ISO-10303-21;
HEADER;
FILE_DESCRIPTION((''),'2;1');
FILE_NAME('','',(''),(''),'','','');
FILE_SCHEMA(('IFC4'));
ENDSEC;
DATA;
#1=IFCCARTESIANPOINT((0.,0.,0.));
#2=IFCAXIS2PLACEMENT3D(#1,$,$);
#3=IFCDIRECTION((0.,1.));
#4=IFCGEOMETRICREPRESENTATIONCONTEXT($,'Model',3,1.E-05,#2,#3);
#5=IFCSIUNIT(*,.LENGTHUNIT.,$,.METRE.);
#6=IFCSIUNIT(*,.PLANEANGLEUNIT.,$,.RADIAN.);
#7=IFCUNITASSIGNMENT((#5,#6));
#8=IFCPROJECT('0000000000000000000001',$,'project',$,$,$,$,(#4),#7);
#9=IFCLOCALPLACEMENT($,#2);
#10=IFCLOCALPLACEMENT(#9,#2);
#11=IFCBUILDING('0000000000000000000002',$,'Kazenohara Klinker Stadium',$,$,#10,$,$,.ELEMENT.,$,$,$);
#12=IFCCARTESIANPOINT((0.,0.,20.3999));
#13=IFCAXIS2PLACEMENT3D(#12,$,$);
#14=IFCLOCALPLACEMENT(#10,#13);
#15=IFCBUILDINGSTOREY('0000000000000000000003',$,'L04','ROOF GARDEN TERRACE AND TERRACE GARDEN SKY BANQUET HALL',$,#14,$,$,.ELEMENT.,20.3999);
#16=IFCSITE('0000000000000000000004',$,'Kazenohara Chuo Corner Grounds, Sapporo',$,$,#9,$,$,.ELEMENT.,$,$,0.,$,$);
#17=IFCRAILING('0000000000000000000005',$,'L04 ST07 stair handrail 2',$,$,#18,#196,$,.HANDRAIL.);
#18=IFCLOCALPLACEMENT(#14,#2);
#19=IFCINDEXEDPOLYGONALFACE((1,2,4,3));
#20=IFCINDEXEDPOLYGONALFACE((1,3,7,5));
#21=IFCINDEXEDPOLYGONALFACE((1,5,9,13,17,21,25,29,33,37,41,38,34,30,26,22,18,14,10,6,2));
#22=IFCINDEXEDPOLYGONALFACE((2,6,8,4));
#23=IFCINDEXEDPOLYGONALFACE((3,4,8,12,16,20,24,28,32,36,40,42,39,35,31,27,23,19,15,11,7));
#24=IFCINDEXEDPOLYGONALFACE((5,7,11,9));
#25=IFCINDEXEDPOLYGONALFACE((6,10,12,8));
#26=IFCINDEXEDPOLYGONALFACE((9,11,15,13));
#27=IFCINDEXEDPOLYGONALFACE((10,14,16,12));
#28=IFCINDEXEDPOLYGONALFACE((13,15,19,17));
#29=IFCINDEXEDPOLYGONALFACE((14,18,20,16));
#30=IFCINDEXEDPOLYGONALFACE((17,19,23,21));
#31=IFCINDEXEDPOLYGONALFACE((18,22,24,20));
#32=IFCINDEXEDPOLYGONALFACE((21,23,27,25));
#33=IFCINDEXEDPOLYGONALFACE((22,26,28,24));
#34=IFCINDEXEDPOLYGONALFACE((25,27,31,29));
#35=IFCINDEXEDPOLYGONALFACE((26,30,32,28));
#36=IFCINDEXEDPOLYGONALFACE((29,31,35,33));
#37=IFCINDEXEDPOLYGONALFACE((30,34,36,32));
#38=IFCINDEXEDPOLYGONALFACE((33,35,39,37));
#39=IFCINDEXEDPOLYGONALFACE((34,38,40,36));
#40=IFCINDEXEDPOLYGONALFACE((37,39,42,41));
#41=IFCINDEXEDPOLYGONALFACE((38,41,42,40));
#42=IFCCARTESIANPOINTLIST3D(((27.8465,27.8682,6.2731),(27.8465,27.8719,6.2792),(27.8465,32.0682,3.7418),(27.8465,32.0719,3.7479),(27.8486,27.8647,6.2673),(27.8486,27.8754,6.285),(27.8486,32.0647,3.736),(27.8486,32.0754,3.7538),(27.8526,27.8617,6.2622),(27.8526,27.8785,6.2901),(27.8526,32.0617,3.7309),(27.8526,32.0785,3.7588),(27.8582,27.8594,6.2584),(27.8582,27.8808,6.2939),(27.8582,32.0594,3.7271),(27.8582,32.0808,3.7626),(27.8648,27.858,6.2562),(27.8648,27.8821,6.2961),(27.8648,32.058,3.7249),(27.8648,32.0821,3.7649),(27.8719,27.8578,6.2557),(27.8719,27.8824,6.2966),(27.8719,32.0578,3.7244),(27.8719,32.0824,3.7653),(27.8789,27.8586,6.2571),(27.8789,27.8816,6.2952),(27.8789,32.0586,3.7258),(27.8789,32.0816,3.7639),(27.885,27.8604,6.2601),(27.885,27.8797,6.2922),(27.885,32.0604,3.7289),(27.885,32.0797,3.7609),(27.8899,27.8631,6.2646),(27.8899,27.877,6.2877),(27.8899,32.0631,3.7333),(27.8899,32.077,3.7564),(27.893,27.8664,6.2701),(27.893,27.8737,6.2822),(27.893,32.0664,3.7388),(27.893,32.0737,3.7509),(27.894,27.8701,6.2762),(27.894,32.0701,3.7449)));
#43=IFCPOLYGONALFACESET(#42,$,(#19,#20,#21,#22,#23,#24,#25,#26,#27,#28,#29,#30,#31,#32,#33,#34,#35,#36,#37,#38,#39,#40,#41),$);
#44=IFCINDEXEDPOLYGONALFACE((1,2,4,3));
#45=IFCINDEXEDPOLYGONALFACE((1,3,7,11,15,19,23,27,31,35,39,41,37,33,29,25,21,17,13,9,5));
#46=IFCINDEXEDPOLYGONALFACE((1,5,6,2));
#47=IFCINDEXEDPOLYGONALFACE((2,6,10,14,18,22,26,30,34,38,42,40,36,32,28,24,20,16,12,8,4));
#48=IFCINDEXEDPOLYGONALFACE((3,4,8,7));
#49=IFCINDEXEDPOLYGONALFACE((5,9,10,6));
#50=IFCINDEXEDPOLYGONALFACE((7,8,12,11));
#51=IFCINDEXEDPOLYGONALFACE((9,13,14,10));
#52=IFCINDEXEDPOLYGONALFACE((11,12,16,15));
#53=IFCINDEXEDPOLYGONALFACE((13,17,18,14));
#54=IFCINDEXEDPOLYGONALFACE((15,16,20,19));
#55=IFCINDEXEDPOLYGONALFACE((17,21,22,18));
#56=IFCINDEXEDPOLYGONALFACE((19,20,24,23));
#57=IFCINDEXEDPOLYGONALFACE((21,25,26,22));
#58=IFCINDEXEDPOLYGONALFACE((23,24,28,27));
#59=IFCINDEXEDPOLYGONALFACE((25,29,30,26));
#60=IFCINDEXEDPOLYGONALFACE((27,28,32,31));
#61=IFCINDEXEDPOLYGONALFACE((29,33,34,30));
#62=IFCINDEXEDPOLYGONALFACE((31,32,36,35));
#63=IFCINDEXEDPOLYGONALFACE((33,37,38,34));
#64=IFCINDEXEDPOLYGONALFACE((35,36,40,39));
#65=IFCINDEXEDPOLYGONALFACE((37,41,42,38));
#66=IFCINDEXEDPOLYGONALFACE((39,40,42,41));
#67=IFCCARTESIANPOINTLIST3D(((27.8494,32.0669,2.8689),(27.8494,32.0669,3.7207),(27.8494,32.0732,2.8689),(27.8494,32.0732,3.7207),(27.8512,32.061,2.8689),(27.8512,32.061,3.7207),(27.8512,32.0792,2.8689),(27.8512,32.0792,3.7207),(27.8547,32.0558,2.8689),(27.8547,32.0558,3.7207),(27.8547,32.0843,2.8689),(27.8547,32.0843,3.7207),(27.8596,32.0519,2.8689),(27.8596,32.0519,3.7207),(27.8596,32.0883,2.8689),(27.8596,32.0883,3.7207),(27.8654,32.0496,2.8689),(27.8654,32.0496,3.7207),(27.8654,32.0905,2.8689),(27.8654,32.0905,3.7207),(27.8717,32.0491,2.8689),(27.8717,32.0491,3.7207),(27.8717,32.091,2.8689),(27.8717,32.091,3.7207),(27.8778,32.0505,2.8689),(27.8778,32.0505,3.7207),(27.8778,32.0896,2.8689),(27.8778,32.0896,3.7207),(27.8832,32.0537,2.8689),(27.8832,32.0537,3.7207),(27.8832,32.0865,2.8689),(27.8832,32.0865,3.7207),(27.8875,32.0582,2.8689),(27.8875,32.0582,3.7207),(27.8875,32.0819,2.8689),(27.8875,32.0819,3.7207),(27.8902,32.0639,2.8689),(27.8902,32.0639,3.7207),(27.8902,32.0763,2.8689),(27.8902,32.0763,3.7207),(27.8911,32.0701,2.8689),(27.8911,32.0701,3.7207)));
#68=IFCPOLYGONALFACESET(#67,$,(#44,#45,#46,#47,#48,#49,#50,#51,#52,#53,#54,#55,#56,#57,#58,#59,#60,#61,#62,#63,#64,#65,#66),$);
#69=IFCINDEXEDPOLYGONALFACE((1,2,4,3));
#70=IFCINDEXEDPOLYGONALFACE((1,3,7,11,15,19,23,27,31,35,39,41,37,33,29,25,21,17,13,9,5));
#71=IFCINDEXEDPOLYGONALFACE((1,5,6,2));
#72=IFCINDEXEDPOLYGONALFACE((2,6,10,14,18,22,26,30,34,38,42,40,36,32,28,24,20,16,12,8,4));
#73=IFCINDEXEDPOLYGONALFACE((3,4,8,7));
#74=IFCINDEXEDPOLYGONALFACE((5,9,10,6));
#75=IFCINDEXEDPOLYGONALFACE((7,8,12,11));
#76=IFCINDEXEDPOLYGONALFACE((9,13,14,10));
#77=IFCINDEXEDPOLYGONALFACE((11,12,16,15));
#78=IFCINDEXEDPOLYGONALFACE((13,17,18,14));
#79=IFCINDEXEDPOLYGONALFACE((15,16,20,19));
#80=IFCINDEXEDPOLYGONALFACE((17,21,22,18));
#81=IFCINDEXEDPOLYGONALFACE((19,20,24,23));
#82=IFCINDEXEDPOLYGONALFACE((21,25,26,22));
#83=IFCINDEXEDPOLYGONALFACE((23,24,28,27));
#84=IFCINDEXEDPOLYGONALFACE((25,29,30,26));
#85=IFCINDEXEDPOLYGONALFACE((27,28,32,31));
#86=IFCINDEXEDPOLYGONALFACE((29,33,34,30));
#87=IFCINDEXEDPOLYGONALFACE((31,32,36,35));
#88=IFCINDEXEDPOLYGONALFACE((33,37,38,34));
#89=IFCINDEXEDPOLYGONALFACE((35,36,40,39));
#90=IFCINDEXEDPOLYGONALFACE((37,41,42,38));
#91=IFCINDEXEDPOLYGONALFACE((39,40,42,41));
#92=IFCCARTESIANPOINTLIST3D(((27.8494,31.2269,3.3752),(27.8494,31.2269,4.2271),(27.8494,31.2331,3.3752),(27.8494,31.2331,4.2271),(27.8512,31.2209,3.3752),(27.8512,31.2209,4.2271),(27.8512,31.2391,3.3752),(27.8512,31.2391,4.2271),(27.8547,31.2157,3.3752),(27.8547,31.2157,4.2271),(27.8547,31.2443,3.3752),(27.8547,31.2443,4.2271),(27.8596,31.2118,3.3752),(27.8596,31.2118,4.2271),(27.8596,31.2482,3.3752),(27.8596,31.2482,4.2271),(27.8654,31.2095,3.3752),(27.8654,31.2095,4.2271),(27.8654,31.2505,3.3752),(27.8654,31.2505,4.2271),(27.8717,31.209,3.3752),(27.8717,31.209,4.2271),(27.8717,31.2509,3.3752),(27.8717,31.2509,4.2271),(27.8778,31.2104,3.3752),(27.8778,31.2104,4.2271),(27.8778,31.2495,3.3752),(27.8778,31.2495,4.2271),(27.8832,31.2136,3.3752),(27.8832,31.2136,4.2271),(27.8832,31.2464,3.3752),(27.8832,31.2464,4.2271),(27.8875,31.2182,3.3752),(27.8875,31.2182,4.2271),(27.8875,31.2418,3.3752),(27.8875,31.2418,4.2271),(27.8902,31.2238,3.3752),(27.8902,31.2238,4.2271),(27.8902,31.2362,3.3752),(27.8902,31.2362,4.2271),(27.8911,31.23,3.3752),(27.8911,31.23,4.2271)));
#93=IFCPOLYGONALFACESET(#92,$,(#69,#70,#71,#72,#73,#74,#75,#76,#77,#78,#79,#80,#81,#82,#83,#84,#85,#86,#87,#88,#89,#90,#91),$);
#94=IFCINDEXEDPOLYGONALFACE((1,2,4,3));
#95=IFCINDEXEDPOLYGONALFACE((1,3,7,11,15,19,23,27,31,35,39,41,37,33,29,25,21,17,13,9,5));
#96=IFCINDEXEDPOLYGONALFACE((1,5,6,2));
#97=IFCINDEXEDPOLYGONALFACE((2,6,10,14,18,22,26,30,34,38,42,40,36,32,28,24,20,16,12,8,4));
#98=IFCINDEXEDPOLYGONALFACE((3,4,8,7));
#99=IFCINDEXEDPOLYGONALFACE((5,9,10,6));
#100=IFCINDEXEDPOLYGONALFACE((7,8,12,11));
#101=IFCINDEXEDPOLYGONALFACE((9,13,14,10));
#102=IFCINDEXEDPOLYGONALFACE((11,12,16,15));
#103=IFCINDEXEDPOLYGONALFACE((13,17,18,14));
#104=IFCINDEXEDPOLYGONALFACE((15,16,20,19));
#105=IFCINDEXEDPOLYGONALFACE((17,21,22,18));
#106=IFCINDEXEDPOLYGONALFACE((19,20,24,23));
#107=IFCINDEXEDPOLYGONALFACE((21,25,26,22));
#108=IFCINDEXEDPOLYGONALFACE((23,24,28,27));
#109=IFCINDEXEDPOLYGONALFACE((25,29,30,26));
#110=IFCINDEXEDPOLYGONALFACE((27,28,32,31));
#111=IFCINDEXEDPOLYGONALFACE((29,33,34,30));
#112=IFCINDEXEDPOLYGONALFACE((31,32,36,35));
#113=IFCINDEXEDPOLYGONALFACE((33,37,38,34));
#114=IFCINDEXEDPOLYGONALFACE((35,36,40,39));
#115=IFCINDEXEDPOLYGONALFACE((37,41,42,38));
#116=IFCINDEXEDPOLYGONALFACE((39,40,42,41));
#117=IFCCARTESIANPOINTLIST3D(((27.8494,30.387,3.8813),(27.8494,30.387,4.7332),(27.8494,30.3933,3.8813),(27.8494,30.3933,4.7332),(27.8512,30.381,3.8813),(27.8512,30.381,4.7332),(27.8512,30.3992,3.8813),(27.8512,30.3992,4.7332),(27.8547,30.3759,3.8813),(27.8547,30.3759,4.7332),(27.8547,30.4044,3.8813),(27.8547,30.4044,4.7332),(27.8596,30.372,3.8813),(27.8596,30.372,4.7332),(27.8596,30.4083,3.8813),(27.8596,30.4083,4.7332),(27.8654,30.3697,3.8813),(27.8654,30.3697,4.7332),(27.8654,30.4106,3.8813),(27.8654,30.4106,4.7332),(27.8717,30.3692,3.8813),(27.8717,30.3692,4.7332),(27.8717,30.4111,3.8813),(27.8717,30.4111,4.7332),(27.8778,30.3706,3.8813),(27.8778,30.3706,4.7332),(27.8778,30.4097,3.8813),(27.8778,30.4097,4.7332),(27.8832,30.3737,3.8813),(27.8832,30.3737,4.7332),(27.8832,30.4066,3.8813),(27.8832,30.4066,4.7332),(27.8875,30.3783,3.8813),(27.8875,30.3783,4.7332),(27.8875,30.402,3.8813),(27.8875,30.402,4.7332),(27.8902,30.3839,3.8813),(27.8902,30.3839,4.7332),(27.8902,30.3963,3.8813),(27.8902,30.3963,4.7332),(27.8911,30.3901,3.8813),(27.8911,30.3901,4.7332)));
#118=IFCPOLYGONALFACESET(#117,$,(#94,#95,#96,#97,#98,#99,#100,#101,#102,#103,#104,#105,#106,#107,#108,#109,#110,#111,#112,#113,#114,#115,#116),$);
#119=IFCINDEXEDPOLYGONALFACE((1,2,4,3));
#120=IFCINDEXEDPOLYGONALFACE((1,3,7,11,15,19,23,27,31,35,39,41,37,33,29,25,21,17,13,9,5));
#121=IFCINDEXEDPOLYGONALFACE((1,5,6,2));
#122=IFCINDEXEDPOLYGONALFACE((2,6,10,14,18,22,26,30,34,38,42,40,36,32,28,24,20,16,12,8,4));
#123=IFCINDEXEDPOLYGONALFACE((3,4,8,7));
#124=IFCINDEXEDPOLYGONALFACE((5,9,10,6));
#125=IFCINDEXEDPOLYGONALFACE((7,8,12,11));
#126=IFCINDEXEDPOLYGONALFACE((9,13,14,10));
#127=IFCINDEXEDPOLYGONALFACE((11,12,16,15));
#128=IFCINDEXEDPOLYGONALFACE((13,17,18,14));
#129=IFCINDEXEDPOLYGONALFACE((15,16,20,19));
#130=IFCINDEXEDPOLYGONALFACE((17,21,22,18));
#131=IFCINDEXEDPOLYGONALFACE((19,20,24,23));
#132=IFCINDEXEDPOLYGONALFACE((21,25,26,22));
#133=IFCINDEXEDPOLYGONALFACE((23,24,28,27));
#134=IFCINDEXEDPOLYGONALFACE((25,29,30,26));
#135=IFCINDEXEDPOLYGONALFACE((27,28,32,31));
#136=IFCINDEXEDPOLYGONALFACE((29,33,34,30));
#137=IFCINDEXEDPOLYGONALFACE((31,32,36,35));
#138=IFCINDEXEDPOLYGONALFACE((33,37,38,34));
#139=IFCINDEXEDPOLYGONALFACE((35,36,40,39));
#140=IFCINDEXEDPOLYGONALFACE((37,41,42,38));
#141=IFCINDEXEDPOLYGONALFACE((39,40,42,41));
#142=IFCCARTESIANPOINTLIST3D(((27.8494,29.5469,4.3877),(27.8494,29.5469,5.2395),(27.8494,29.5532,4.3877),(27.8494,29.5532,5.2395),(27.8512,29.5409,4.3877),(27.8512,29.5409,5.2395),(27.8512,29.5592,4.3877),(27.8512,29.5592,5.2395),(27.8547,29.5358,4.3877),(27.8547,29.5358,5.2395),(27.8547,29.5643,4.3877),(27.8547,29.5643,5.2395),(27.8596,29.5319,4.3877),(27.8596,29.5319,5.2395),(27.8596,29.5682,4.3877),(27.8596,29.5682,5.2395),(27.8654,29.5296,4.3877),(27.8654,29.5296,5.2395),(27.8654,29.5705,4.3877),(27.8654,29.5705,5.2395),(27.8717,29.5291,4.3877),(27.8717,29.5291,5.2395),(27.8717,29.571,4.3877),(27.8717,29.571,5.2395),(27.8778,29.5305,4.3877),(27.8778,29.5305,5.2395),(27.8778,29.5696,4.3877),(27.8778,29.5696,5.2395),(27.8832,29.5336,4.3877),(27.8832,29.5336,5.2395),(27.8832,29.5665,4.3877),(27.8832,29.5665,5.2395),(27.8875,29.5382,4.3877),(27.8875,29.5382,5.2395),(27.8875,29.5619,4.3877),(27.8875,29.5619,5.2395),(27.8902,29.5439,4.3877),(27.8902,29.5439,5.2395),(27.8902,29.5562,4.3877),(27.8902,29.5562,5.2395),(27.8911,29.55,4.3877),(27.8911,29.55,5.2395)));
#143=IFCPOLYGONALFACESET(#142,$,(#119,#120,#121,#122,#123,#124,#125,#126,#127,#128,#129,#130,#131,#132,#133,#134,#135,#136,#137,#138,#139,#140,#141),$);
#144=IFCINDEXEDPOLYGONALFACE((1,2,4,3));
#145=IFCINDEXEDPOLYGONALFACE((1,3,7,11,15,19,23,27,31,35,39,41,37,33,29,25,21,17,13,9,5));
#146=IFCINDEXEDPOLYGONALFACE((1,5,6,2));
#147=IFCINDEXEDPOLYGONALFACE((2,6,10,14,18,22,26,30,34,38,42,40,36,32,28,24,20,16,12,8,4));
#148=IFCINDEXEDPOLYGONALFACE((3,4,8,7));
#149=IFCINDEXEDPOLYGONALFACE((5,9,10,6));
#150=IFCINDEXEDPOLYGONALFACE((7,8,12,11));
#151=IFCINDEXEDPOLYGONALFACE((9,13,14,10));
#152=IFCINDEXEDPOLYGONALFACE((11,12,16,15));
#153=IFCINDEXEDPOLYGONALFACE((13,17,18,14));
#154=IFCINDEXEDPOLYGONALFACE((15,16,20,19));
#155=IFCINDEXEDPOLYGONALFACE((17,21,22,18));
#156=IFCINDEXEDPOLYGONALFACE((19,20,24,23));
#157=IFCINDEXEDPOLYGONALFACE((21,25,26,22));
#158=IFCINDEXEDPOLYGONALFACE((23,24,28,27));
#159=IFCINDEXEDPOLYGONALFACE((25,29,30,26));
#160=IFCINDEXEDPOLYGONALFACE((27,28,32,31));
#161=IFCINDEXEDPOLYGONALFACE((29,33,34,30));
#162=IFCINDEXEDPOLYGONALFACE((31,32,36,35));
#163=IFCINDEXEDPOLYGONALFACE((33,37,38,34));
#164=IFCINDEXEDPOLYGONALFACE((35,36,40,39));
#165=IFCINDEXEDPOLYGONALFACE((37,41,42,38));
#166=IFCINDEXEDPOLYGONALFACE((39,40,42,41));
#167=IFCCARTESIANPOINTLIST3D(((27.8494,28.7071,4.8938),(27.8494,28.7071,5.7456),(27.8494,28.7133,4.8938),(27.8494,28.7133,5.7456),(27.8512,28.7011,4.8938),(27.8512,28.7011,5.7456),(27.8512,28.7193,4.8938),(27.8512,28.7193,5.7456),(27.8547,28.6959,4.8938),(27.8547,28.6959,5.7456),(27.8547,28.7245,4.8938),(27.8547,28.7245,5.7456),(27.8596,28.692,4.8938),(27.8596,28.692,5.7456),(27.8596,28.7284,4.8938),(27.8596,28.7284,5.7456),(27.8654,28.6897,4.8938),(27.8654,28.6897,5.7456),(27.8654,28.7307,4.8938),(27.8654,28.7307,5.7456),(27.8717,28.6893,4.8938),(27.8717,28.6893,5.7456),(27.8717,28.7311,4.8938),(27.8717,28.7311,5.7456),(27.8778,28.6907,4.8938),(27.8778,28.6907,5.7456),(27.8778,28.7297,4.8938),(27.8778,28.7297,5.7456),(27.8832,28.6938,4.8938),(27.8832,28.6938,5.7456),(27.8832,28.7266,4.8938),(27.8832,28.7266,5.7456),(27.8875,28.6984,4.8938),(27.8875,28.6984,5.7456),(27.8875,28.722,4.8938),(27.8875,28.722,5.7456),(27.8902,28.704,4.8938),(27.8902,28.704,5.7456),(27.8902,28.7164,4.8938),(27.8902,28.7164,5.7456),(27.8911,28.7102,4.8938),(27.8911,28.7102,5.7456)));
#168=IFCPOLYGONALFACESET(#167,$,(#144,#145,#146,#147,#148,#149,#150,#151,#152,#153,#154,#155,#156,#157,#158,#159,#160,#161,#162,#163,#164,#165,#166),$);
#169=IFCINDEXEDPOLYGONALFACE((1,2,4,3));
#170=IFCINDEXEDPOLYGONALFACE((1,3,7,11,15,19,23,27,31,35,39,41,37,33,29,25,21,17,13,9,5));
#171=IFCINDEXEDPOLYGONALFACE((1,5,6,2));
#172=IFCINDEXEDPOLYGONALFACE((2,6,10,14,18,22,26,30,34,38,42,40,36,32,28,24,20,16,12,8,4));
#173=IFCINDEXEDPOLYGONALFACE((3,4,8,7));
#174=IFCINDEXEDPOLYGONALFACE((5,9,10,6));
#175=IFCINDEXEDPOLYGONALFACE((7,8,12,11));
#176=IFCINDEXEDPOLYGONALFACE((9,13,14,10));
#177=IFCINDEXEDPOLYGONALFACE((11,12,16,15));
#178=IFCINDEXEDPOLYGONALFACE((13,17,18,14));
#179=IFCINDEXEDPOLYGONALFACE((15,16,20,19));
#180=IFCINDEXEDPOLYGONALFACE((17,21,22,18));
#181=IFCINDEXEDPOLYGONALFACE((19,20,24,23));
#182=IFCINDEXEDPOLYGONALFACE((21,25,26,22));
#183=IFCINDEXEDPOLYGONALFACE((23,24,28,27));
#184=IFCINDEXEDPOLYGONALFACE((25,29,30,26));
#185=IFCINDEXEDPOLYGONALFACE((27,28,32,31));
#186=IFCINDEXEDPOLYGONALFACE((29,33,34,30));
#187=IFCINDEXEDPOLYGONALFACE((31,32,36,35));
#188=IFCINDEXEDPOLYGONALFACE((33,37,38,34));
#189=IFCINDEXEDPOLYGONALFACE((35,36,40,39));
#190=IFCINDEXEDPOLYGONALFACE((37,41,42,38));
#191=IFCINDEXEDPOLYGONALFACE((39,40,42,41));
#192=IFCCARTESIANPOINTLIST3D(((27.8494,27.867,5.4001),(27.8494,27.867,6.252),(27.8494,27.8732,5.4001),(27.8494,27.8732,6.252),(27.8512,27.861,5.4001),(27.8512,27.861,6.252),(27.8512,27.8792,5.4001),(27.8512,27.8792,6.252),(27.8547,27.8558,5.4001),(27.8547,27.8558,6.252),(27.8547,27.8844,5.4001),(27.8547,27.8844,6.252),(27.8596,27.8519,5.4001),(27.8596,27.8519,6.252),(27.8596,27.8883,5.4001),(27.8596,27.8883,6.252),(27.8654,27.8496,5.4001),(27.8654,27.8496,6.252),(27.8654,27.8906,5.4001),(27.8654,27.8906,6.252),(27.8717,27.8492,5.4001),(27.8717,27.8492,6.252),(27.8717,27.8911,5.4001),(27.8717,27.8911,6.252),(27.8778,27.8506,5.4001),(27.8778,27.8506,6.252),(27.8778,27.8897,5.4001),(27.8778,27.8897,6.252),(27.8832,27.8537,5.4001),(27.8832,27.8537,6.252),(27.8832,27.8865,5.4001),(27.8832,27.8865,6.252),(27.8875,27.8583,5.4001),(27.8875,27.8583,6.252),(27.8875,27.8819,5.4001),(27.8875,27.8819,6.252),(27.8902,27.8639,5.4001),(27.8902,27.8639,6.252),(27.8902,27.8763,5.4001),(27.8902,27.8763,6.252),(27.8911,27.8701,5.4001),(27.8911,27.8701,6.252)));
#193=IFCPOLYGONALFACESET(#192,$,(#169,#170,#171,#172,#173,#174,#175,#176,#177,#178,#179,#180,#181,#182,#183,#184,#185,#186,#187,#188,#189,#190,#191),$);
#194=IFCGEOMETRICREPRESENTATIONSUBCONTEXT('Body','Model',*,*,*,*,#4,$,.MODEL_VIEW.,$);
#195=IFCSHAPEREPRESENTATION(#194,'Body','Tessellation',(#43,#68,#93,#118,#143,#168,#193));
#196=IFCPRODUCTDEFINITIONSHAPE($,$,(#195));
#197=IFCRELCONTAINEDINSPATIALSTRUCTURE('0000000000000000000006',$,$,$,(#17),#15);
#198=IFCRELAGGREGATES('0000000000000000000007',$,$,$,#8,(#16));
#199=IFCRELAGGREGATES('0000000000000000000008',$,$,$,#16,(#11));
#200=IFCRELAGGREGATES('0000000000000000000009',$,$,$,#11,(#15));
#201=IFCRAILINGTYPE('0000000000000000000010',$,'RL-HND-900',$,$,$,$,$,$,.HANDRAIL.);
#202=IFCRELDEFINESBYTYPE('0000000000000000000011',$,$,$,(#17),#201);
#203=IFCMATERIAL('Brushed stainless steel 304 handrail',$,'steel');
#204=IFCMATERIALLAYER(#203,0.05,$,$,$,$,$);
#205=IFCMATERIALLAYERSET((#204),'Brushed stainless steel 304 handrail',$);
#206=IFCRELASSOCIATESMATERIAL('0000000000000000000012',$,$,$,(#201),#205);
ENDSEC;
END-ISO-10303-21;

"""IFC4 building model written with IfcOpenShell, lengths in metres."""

from ifc_helpers import new_model, si_unit, direction, frame, origin, origin_2d, place, context, subcontext, project, spatial, circle, extrude, material, layer, layer_set, type_object, element, save


model = new_model("IFC4")

# Units and contexts
model_context = context("Model", 3, precision=1e-05, world=origin(), true_north=direction((0.0, 1.0)))
body_context = subcontext(model_context, "Body", "Model", "MODEL_VIEW")
ifc_project = project(units=[si_unit("LENGTHUNIT", "METRE"), si_unit("PLANEANGLEUNIT", "RADIAN")], contexts=[model_context])

# Site, building, storey
site_placement = place(None, origin())
site = spatial("IfcSite", under=ifc_project, at=site_placement, Name="Kazenohara Chuo Corner Grounds, Sapporo", CompositionType="ELEMENT", RefElevation=0.0)
building_placement = place(site_placement, origin())
building = spatial("IfcBuilding", under=site, at=building_placement, Name="Kazenohara Klinker Stadium", CompositionType="ELEMENT")
storey_placement = place(building_placement, frame((0.0, 0.0, 20.3999)))
storey = spatial("IfcBuildingStorey", under=building, at=storey_placement, Name="L04", Description="ROOF GARDEN TERRACE AND TERRACE GARDEN SKY BANQUET HALL", CompositionType="ELEMENT", Elevation=20.3999)

# Railing
ifc_material_1 = material(Name="Brushed stainless steel 304 handrail", Category="steel")
ifc_layer_1 = layer(ifc_material_1, 0.05)
ifc_layer_set_1 = layer_set([ifc_layer_1], Name="Brushed stainless steel 304 handrail")
railing_type_1 = type_object("IfcRailingType", Name="RL-HND-900", PredefinedType="HANDRAIL", material=ifc_layer_set_1)
railing_1_placement = place(storey_placement, frame((27.8701, 32.0701, 2.8689)))
element("IfcRailing", 1, at=railing_1_placement, inside=storey, type_object=railing_type_1, Name="L04 ST07 stair handrail 2", PredefinedType="HANDRAIL", context=body_context, shape_type="SweptSolid", body=[
    extrude(circle(Radius=0.0239, at=origin_2d()), frame((0.0, 0.0, 0.876), z_axis=(0.0, -0.856476, 0.516186), x_axis=(1.0, 0.0, 0.0)), (0.0, 0.0, 1.0), 4.9038),
    extrude(circle(Radius=0.021, at=origin_2d()), origin(), (0.0, 0.0, 1.0), 0.8518),
    extrude(circle(Radius=0.021, at=origin_2d()), frame((0.0, -0.8401, 0.5063)), (0.0, 0.0, 1.0), 0.8518),
    extrude(circle(Radius=0.021, at=origin_2d()), frame((0.0, -1.6799, 1.0125)), (0.0, 0.0, 1.0), 0.8518),
    extrude(circle(Radius=0.021, at=origin_2d()), frame((0.0, -2.52, 1.5188)), (0.0, 0.0, 1.0), 0.8518),
    extrude(circle(Radius=0.021, at=origin_2d()), frame((0.0, -3.3599, 2.0249)), (0.0, 0.0, 1.0), 0.8518),
    extrude(circle(Radius=0.021, at=origin_2d()), frame((0.0, -4.2, 2.5312)), (0.0, 0.0, 1.0), 0.8518),
])

save(model, "model.ifc")
